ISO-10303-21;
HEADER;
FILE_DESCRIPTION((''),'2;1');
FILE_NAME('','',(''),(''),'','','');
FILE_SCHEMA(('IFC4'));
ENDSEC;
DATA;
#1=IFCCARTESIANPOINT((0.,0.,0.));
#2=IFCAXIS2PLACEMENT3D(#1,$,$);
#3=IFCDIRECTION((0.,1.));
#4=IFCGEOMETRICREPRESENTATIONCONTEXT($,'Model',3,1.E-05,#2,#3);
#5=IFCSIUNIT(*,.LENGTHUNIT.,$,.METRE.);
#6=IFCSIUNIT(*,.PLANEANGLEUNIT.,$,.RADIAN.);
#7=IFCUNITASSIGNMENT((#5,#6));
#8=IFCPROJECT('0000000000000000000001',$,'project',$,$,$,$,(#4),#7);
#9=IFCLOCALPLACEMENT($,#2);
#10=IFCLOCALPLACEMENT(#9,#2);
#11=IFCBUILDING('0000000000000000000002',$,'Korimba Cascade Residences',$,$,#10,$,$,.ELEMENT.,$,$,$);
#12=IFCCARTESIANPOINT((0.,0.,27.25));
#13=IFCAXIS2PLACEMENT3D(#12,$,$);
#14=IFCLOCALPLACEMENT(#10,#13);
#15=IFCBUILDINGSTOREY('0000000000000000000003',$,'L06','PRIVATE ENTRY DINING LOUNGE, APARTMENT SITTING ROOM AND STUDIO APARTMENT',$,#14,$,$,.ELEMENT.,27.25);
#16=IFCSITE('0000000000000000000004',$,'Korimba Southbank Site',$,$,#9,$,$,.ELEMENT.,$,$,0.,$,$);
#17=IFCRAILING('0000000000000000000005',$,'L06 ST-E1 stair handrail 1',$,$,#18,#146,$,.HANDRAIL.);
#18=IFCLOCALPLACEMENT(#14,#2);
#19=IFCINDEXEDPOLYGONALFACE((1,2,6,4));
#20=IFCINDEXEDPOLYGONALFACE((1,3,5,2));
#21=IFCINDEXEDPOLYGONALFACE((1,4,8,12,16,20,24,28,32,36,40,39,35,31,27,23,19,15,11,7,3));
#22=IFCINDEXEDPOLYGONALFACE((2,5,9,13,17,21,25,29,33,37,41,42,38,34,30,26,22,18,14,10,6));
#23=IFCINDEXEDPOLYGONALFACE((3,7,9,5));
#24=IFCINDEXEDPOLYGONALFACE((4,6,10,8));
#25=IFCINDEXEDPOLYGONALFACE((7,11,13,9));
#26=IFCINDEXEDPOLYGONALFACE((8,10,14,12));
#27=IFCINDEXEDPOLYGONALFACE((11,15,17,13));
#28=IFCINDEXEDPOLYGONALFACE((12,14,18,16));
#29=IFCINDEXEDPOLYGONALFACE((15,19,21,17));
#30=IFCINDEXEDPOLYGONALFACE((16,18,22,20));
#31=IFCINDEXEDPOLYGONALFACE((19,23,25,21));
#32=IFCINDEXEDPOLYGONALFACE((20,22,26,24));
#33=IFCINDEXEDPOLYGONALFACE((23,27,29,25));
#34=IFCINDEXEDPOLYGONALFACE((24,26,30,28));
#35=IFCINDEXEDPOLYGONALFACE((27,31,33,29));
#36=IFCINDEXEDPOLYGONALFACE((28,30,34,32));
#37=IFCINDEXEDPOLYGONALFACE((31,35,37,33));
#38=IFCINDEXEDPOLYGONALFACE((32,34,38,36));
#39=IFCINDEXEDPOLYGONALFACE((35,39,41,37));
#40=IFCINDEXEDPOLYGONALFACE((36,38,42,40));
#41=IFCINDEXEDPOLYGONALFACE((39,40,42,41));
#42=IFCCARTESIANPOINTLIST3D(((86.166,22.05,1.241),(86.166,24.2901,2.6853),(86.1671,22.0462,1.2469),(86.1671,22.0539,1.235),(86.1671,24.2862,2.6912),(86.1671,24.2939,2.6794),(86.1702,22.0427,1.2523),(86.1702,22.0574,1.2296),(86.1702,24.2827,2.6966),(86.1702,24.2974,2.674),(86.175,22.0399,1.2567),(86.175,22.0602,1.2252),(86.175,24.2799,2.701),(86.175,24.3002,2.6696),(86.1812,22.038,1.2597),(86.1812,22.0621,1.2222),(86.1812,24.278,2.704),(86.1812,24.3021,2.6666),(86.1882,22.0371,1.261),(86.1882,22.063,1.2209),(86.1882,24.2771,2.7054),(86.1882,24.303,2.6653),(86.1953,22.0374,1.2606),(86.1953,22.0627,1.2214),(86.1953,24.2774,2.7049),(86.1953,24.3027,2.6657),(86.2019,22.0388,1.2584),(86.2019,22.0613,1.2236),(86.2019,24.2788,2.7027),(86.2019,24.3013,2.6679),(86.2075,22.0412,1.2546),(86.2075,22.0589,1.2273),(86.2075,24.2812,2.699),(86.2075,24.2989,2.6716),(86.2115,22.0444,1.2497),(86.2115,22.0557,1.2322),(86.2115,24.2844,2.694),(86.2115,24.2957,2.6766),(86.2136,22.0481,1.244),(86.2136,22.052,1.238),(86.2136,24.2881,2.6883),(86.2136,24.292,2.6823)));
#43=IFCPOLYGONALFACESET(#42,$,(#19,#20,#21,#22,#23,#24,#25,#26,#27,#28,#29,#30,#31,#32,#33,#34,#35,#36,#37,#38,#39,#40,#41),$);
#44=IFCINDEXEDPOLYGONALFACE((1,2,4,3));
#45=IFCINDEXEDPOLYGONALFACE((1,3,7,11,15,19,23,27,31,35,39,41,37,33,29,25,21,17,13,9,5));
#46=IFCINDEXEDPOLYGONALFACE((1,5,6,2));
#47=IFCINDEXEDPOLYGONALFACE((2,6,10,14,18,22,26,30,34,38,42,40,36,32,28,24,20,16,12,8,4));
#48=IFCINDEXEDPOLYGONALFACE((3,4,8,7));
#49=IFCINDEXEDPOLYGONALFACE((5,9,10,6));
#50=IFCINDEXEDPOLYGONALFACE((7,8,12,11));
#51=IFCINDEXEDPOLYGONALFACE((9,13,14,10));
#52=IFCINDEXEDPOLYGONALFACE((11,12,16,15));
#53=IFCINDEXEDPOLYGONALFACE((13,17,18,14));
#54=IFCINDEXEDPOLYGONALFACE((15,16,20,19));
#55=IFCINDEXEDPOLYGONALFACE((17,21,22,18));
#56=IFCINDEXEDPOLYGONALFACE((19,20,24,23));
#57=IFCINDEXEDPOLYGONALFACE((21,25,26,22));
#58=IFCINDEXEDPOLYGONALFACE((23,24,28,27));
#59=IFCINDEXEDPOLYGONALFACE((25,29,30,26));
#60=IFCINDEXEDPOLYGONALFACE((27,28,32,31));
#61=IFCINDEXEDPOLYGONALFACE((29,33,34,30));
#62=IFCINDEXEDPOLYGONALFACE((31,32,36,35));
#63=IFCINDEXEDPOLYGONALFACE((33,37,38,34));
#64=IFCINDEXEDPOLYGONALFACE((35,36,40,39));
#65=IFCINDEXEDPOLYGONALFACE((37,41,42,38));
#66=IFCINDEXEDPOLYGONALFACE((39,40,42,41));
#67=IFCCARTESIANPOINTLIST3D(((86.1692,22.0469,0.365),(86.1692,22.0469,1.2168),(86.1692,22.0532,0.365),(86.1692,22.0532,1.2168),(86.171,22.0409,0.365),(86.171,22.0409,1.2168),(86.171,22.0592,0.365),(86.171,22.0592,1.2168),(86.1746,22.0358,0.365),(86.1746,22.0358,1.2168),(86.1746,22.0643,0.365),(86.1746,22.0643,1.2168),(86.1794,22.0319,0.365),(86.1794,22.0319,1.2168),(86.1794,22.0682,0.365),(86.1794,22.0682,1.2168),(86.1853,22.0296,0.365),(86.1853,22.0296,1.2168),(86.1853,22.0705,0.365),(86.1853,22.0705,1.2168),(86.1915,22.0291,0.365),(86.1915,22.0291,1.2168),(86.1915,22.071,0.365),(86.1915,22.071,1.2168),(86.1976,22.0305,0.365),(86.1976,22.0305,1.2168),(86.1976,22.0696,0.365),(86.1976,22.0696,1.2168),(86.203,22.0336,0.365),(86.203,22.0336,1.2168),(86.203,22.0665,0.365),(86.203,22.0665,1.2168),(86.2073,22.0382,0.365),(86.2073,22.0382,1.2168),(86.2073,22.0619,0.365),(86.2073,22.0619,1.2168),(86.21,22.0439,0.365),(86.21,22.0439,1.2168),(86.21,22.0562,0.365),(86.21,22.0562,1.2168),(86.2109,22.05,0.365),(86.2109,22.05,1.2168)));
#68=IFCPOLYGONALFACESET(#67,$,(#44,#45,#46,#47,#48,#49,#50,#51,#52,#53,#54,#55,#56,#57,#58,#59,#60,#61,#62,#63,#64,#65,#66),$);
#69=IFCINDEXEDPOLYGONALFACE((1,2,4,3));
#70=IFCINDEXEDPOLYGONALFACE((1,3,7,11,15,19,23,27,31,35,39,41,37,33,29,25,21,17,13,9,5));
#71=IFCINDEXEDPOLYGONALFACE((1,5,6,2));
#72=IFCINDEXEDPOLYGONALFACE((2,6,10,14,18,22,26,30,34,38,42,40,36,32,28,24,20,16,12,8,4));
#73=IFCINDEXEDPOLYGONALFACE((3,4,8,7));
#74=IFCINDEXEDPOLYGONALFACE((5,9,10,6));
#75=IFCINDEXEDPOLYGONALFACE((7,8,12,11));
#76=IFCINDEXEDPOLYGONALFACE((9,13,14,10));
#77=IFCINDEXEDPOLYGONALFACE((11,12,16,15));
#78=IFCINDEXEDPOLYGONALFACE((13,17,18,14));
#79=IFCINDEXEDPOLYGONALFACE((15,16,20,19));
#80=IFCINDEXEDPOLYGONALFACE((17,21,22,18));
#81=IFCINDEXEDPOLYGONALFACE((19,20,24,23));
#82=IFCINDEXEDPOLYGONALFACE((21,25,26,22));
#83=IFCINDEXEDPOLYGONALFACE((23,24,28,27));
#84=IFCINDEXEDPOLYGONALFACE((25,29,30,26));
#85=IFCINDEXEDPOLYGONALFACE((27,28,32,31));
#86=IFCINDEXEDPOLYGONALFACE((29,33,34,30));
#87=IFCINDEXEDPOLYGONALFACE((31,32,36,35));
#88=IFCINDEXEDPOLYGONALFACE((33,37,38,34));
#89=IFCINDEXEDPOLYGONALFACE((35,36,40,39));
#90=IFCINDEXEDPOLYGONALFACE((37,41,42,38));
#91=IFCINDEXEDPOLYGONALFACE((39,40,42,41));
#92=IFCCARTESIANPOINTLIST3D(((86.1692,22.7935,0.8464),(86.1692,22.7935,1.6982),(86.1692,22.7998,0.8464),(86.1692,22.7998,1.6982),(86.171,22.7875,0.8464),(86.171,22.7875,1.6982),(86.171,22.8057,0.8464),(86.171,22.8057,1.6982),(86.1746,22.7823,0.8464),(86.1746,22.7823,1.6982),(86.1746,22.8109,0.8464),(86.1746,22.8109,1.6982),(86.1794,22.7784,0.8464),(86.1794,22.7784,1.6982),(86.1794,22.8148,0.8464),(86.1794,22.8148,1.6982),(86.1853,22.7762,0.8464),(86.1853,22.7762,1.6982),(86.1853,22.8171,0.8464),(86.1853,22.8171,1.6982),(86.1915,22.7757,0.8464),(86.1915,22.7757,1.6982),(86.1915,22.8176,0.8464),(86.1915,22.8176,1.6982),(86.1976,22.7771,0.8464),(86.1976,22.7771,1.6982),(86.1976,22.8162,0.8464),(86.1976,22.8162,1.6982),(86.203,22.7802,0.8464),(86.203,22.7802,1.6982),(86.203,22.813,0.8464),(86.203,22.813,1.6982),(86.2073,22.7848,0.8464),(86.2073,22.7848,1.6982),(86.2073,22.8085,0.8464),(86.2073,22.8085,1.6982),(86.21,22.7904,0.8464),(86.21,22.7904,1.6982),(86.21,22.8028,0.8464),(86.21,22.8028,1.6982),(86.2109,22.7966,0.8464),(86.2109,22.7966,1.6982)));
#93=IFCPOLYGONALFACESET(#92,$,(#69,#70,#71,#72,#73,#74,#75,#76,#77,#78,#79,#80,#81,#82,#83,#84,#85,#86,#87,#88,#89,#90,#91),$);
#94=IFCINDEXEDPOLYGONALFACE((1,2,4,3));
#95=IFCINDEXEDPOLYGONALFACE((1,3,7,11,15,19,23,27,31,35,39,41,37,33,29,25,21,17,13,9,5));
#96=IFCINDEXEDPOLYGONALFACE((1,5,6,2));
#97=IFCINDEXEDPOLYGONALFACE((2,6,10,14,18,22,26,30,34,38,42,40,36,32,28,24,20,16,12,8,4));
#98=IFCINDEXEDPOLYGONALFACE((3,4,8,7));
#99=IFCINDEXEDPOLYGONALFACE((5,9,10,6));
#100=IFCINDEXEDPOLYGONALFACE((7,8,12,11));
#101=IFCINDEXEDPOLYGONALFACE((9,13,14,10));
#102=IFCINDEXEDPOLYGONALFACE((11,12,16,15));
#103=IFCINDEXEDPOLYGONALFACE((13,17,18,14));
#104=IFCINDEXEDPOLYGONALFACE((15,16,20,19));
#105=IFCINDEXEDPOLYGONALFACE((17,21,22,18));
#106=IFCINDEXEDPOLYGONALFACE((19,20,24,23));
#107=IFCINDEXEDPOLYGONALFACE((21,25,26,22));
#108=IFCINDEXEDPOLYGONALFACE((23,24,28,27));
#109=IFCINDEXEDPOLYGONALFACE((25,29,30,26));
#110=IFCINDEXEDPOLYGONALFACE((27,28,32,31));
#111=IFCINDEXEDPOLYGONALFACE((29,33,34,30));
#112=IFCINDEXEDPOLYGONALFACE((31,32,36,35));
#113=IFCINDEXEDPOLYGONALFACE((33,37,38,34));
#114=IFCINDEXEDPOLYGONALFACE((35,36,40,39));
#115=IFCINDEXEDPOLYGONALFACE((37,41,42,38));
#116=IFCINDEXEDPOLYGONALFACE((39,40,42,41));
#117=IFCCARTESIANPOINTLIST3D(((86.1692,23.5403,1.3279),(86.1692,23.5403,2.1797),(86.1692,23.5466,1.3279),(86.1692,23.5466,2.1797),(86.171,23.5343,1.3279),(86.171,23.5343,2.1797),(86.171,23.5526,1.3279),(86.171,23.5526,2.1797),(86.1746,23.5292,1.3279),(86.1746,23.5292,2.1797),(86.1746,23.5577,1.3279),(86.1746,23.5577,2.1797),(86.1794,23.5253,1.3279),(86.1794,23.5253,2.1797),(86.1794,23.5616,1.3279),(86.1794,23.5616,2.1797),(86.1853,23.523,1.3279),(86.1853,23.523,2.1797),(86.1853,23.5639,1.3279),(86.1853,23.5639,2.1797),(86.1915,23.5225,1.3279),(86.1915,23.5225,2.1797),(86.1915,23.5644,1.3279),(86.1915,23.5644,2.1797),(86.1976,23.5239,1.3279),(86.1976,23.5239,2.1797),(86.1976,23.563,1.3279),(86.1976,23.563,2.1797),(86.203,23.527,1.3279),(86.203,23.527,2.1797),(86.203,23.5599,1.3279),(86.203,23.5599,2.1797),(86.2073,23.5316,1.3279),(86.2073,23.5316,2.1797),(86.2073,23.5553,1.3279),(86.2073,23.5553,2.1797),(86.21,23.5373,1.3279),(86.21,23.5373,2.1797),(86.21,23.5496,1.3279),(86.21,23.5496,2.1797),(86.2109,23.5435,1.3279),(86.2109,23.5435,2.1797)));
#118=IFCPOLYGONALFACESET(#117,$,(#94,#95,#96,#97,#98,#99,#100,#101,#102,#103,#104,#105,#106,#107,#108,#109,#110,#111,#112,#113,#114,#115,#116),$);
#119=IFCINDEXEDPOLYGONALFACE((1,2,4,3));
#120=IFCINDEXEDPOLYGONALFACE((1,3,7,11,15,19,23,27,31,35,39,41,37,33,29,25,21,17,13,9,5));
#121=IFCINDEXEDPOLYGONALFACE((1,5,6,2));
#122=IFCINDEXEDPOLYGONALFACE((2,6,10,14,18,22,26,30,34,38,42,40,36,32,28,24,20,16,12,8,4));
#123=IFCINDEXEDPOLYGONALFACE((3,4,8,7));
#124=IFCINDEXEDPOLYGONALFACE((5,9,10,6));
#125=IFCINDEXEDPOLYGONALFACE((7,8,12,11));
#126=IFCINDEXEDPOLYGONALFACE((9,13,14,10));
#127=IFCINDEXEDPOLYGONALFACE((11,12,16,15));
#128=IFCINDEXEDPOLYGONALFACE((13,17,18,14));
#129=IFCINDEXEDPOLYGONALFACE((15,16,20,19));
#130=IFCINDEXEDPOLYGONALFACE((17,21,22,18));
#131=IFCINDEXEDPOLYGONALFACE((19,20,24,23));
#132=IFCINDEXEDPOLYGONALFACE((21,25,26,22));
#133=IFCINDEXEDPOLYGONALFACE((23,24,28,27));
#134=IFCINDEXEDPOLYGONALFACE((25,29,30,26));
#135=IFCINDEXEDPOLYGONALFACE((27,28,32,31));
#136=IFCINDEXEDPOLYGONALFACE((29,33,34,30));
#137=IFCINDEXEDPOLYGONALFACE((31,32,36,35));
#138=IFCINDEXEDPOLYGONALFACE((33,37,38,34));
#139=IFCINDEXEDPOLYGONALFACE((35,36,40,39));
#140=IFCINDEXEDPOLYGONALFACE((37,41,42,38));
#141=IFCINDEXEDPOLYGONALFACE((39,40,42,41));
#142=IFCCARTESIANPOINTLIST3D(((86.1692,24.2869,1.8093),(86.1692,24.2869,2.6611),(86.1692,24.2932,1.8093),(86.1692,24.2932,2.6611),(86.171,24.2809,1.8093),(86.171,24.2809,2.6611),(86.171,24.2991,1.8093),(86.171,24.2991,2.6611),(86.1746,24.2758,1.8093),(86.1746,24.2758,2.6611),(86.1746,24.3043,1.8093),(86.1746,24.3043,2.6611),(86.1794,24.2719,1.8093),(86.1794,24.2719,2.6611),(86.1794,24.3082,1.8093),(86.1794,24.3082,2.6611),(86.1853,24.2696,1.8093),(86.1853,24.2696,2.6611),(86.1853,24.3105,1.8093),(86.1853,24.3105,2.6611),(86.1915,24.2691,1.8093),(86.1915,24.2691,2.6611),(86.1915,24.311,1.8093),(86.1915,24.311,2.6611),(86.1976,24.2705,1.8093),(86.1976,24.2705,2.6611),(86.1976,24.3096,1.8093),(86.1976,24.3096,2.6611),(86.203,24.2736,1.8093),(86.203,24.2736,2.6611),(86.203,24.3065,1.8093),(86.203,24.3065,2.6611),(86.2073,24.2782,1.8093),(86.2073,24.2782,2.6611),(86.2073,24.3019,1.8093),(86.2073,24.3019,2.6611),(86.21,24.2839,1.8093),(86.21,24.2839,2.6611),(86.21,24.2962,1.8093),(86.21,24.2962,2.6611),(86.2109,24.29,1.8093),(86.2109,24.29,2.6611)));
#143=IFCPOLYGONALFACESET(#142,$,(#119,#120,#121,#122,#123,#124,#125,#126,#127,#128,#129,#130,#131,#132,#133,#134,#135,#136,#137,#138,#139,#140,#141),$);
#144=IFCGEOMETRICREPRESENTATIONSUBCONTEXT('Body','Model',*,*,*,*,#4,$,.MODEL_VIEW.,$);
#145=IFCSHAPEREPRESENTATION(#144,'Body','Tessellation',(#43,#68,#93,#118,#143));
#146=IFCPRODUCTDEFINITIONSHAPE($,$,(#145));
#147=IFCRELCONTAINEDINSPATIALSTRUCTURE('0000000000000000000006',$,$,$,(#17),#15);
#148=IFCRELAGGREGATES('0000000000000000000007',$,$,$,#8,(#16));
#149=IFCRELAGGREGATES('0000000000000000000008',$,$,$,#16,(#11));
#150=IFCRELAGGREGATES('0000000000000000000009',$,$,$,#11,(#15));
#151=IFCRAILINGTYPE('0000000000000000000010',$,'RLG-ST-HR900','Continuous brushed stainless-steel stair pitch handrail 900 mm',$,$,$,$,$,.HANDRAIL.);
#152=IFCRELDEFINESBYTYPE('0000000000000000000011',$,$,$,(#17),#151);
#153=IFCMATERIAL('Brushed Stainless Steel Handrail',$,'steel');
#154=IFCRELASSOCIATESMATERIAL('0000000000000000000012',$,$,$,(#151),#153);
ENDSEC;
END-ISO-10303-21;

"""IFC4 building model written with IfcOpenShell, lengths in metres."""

from ifc_helpers import new_model, si_unit, direction, frame, origin, origin_2d, place, context, subcontext, project, spatial, circle, extrude, material, type_object, element, save


model = new_model("IFC4")

# Units and contexts
model_context = context("Model", 3, precision=1e-05, world=origin(), true_north=direction((0.0, 1.0)))
body_context = subcontext(model_context, "Body", "Model", "MODEL_VIEW")
ifc_project = project(units=[si_unit("LENGTHUNIT", "METRE"), si_unit("PLANEANGLEUNIT", "RADIAN")], contexts=[model_context])

# Site, building, storey
site_placement = place(None, origin())
site = spatial("IfcSite", under=ifc_project, at=site_placement, Name="Korimba Southbank Site", CompositionType="ELEMENT", RefElevation=0.0)
building_placement = place(site_placement, origin())
building = spatial("IfcBuilding", under=site, at=building_placement, Name="Korimba Cascade Residences", CompositionType="ELEMENT")
storey_placement = place(building_placement, frame((0.0, 0.0, 27.25)))
storey = spatial("IfcBuildingStorey", under=building, at=storey_placement, Name="L06", Description="PRIVATE ENTRY DINING LOUNGE, APARTMENT SITTING ROOM AND STUDIO APARTMENT", CompositionType="ELEMENT", Elevation=27.25)

# Railing
ifc_material_1 = material(Name="Brushed Stainless Steel Handrail", Category="steel")
railing_type_1 = type_object("IfcRailingType", Name="RLG-ST-HR900", Description="Continuous brushed stainless-steel stair pitch handrail 900 mm", PredefinedType="HANDRAIL", material=ifc_material_1)
railing_1_placement = place(storey_placement, frame((86.1899, 22.05, 0.365)))
element("IfcRailing", 1, at=railing_1_placement, inside=storey, type_object=railing_type_1, Name="L06 ST-E1 stair handrail 1", PredefinedType="HANDRAIL", context=body_context, shape_type="SweptSolid", body=[
    extrude(circle(Radius=0.0239, at=origin_2d()), frame((0.0, 0.0, 0.876), z_axis=(0.0, 0.840437, 0.54191), x_axis=(-1.0, 0.0, 0.0)), (0.0, 0.0, 1.0), 2.6653),
    extrude(circle(Radius=0.021, at=origin_2d()), origin(), (0.0, 0.0, 1.0), 0.8518),
    extrude(circle(Radius=0.021, at=origin_2d()), frame((0.0, 0.7466, 0.4814)), (0.0, 0.0, 1.0), 0.8518),
    extrude(circle(Radius=0.021, at=origin_2d()), frame((0.0, 1.4934, 0.9629)), (0.0, 0.0, 1.0), 0.8518),
    extrude(circle(Radius=0.021, at=origin_2d()), frame((0.0, 2.24, 1.4443)), (0.0, 0.0, 1.0), 0.8518),
])

save(model, "model.ifc")
